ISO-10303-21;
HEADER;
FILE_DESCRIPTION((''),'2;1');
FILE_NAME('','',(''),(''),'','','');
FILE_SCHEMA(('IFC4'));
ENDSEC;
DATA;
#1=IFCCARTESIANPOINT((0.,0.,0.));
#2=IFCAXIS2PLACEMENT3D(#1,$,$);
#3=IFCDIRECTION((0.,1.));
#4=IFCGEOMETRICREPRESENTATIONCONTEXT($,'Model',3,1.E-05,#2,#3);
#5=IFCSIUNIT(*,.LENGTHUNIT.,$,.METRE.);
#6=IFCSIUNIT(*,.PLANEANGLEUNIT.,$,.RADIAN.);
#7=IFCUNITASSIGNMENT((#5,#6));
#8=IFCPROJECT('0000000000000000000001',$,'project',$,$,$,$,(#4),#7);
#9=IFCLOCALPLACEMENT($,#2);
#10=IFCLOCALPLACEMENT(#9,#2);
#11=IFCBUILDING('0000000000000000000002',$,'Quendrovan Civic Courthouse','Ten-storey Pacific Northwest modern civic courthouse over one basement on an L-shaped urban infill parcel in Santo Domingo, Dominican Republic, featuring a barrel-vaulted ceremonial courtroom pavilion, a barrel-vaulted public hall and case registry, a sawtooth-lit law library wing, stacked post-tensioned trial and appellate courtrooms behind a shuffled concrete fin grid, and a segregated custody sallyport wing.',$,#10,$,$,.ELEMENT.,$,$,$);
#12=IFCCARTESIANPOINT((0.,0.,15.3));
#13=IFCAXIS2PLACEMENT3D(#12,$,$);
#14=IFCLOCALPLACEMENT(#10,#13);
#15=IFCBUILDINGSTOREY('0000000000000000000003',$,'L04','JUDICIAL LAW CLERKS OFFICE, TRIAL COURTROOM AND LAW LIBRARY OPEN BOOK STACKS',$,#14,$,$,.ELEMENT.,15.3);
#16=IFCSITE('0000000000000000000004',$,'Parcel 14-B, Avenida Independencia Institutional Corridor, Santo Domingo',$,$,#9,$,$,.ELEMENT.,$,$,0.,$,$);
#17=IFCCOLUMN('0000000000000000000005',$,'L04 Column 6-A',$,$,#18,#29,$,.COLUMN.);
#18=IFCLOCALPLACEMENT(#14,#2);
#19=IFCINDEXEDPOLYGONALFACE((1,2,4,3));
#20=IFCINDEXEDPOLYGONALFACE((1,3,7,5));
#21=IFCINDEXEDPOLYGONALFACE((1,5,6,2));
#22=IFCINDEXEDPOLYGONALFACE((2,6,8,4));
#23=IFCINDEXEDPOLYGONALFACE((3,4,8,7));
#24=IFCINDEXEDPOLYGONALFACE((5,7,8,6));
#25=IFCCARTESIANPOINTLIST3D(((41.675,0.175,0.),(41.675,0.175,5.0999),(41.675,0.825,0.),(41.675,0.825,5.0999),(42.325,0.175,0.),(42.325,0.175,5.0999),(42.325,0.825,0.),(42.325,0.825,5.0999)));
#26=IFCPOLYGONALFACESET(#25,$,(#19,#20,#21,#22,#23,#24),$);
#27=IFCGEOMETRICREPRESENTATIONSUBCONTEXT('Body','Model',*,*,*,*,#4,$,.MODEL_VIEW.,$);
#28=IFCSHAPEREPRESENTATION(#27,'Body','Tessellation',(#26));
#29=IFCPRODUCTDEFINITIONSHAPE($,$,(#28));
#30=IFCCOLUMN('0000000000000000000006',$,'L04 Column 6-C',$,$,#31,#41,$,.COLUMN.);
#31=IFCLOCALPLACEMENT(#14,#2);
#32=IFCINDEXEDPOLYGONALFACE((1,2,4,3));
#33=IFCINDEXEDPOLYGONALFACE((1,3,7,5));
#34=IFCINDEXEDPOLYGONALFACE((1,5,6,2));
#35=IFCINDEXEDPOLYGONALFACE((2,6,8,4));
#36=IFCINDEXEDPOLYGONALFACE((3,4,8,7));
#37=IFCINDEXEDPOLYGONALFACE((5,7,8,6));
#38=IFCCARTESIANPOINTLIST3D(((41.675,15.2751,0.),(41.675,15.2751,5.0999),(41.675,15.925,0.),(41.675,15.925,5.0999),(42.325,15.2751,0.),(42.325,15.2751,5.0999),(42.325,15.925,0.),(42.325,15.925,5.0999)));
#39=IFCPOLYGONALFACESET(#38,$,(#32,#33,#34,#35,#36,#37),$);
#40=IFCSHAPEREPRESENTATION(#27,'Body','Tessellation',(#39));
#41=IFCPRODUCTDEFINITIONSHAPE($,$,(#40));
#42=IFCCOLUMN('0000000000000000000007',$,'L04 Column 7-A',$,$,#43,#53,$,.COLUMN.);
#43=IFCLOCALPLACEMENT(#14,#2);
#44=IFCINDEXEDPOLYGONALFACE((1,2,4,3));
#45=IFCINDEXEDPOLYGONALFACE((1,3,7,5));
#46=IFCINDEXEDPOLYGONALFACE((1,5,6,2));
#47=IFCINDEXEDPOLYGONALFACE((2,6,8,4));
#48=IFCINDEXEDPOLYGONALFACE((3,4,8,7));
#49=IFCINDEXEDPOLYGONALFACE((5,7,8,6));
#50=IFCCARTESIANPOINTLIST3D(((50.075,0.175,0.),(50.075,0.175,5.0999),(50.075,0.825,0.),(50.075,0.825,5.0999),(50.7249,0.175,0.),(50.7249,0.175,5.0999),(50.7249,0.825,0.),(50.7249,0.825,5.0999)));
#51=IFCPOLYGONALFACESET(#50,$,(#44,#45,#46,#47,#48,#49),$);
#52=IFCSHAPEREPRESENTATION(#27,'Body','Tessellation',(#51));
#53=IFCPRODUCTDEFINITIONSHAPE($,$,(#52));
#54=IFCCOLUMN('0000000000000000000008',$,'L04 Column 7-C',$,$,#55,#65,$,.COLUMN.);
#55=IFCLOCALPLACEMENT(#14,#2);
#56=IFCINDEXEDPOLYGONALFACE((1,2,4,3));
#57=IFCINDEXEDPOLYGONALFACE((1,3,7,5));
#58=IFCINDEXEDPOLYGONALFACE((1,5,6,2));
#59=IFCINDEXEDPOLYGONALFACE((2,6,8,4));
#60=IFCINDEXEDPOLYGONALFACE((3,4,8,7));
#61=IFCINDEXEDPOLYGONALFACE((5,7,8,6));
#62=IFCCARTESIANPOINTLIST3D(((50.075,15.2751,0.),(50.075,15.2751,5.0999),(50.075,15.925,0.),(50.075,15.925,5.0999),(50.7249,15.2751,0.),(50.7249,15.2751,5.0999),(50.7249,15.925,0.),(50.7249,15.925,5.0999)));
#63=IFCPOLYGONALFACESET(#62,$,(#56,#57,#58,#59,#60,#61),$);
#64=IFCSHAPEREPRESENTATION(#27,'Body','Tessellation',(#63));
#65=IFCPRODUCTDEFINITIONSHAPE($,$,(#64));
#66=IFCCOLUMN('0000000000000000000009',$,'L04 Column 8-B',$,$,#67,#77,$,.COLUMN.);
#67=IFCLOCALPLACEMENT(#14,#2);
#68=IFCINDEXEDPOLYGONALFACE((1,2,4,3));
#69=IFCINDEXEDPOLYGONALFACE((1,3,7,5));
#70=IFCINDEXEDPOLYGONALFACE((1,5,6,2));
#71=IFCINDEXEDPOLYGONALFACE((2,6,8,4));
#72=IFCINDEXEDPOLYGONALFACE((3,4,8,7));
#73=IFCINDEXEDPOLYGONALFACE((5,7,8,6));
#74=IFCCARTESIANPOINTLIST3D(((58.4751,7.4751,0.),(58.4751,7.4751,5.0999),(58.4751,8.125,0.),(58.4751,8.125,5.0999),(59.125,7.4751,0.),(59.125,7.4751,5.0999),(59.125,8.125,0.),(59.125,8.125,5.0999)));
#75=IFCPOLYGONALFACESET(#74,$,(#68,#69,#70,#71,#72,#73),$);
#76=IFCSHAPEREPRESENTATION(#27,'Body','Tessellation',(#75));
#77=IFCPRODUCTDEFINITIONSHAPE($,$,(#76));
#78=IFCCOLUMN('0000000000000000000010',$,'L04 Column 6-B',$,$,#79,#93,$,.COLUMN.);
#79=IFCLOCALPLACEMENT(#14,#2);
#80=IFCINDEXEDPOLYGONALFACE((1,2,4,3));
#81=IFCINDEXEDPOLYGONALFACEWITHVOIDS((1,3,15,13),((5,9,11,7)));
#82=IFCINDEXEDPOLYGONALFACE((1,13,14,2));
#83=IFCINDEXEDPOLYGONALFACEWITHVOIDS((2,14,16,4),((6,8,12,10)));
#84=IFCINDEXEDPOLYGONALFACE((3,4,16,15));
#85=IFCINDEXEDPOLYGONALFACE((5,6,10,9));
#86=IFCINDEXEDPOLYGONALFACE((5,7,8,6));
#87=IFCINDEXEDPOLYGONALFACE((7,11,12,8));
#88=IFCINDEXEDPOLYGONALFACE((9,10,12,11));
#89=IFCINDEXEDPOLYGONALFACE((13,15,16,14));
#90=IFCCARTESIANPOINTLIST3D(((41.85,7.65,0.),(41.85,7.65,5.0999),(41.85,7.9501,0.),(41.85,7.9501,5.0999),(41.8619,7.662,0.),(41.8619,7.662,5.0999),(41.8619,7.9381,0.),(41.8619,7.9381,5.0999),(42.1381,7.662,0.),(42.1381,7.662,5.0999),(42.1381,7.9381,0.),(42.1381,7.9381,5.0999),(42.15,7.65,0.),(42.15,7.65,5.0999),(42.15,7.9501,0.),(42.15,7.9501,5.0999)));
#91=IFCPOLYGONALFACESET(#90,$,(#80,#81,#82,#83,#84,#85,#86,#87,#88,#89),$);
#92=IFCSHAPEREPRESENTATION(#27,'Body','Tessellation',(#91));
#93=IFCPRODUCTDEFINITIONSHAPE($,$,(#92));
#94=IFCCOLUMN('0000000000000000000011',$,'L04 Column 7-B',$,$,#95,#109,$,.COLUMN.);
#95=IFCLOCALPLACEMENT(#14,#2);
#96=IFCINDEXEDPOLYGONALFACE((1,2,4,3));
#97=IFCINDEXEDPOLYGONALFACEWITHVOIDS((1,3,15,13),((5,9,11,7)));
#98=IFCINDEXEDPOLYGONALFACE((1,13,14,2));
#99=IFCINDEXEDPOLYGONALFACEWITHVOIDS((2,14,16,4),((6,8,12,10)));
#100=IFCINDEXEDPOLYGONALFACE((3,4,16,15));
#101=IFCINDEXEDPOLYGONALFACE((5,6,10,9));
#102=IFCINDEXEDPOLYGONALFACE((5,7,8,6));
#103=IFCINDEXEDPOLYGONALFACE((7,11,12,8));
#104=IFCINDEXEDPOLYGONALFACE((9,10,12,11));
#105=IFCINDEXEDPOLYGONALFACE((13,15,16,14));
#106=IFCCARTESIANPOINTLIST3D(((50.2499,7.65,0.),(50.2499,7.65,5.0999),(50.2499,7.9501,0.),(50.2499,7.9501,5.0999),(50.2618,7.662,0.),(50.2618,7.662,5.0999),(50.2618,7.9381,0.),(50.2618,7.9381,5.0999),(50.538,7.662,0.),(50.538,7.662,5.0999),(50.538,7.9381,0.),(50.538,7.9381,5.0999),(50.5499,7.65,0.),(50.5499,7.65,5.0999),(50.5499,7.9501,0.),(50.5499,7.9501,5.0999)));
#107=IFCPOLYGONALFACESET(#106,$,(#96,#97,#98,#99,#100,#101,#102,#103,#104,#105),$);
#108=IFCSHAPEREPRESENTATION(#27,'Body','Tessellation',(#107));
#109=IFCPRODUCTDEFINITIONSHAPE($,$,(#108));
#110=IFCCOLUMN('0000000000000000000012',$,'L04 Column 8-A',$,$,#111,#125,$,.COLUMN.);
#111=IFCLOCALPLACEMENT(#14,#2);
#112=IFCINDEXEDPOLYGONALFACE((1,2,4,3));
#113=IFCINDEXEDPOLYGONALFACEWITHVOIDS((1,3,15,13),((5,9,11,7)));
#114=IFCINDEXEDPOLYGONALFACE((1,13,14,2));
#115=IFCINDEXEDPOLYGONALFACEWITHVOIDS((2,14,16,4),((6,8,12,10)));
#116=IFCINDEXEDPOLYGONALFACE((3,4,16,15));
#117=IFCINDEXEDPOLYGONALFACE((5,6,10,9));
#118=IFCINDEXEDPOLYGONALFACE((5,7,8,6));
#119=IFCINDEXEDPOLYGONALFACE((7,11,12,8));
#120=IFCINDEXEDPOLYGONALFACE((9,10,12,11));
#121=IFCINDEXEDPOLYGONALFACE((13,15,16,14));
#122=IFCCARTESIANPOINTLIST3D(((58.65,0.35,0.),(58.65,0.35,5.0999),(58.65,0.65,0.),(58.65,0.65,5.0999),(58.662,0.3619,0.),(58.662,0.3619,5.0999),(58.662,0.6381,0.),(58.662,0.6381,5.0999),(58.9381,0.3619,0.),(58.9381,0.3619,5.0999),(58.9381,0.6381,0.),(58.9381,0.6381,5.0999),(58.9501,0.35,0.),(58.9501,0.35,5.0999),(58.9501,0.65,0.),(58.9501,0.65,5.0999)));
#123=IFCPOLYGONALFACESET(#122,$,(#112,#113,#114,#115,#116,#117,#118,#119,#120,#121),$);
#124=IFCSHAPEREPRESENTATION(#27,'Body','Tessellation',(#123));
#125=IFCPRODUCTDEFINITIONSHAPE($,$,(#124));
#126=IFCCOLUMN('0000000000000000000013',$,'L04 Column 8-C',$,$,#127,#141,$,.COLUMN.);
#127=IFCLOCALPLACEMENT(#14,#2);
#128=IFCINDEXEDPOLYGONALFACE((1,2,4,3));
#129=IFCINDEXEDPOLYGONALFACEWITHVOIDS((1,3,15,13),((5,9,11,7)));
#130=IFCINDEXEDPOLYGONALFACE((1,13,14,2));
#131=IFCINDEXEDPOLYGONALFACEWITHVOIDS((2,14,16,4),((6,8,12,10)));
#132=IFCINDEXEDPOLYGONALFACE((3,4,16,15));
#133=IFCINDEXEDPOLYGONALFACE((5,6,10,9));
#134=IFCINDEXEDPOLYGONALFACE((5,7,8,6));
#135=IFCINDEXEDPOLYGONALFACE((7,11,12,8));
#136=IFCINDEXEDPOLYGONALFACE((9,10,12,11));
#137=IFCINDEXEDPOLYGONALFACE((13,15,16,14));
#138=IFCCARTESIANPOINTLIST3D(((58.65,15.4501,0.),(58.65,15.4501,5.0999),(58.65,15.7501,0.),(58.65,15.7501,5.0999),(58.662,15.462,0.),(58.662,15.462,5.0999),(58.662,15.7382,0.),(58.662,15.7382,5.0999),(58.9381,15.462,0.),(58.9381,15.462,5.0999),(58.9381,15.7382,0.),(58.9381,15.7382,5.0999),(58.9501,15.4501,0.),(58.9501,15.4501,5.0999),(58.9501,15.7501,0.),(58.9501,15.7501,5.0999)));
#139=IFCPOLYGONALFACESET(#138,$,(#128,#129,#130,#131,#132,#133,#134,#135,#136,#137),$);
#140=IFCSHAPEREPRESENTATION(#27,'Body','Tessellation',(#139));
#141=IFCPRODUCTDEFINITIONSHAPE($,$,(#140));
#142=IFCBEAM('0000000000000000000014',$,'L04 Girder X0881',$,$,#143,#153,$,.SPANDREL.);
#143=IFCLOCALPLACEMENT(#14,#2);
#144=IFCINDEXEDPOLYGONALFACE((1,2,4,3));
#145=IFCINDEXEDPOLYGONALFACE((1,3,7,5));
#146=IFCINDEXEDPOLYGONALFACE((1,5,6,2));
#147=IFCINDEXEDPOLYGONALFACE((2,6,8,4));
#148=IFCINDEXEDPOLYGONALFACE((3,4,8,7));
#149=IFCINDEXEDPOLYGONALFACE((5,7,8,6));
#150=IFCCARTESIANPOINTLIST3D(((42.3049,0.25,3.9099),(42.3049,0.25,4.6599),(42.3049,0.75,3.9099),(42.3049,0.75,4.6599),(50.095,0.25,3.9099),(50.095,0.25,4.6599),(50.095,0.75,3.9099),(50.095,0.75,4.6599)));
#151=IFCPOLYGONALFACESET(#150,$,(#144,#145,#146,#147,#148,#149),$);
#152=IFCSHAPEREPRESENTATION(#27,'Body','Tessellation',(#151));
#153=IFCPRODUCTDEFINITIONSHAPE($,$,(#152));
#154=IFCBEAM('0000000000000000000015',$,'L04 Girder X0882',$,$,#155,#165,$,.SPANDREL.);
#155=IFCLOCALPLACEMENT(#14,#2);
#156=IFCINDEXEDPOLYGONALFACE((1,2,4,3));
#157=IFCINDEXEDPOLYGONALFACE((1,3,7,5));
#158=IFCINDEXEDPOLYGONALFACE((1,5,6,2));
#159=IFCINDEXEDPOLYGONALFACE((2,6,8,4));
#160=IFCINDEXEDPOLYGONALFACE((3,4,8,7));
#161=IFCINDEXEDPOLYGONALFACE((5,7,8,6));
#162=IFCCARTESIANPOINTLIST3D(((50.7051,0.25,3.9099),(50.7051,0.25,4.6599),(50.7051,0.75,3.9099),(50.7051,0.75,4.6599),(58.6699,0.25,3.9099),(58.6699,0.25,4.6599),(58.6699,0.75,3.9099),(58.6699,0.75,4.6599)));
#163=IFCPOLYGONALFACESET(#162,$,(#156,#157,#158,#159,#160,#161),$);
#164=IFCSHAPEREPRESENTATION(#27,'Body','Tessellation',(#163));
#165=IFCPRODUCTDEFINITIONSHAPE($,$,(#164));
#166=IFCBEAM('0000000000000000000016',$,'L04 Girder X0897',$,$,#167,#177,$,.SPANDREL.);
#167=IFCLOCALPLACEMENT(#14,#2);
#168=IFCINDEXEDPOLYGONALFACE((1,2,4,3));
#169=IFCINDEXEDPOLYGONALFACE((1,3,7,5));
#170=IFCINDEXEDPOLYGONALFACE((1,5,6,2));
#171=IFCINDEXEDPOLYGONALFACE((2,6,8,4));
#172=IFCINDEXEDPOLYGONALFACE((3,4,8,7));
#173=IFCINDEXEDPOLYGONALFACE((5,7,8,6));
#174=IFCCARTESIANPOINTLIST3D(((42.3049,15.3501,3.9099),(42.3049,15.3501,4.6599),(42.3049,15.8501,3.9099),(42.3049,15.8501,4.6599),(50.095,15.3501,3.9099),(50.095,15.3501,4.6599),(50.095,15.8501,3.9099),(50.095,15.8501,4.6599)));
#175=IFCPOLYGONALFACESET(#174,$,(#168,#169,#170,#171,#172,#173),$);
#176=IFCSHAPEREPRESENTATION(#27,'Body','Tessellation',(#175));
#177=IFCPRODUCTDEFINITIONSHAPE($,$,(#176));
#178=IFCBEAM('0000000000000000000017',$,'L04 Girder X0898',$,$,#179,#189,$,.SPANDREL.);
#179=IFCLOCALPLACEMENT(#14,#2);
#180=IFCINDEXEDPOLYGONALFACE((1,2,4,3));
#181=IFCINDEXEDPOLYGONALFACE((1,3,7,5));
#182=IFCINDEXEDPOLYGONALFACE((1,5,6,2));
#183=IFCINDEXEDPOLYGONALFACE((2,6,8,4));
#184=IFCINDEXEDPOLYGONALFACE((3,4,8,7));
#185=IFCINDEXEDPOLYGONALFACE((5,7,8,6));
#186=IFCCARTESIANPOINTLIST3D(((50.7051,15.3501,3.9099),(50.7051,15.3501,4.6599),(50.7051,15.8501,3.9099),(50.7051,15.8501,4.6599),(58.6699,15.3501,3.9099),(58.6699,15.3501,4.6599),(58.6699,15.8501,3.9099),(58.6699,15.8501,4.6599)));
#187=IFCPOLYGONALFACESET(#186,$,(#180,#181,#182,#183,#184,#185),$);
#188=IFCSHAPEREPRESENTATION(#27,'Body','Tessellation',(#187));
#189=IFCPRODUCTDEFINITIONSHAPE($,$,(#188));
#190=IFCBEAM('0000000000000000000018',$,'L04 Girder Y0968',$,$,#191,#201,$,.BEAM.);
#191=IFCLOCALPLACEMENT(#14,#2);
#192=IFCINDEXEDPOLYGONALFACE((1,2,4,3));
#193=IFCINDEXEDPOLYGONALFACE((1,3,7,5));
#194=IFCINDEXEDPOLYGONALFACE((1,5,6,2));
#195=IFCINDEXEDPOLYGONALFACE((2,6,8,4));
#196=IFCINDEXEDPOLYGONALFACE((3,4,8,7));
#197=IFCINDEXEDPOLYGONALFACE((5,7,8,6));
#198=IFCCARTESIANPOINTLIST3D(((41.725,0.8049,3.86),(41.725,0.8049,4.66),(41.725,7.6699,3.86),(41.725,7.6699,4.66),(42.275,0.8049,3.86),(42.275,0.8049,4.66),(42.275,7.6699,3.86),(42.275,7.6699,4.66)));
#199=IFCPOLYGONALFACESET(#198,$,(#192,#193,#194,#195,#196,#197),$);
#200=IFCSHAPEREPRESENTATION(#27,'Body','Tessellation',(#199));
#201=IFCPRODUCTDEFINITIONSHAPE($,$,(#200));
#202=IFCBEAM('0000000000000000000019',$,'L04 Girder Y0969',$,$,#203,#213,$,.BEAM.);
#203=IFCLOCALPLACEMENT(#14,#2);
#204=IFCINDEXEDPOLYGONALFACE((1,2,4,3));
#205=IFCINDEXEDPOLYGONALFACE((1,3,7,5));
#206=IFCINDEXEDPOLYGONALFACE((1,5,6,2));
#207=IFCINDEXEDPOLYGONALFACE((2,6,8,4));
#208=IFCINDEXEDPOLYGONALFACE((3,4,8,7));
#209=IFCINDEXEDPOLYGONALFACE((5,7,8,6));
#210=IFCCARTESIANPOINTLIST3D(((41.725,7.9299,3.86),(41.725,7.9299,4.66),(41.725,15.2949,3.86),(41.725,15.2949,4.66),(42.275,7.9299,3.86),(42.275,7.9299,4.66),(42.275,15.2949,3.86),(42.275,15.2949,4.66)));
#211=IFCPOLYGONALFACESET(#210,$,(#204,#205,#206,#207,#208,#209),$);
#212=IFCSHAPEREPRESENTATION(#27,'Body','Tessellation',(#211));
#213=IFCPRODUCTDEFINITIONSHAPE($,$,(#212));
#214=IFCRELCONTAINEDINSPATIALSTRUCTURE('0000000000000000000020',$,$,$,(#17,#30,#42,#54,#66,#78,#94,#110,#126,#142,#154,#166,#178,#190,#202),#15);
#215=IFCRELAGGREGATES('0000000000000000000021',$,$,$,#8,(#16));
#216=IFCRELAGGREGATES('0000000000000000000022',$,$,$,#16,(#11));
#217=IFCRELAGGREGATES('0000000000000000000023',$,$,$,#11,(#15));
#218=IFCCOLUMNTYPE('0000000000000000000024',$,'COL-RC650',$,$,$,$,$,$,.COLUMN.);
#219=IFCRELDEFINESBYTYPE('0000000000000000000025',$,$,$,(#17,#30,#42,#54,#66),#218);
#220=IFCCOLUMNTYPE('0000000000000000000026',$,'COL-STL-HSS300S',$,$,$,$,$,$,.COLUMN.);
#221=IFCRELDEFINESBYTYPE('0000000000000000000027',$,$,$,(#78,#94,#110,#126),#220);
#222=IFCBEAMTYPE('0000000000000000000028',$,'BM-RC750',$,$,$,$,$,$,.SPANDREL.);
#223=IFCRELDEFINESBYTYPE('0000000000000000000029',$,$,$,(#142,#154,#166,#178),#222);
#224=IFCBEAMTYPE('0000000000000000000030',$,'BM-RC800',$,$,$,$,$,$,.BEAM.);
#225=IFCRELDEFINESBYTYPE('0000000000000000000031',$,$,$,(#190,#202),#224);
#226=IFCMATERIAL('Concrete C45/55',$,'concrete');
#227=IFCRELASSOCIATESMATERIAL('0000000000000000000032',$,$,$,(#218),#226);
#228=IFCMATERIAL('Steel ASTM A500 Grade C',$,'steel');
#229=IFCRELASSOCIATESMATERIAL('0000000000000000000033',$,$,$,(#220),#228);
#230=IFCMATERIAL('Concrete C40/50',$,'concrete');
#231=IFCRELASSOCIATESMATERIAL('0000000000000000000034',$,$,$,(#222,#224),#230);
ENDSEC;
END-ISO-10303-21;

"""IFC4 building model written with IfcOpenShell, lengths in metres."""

from ifc_helpers import new_model, si_unit, direction, frame, origin, origin_2d, place, context, subcontext, project, spatial, rectangle, hollow_rectangle, extrude, material, material_profile, profile_set, type_object, element, save


model = new_model("IFC4")

# Units and contexts
model_context = context("Model", 3, precision=1e-05, world=origin(), true_north=direction((0.0, 1.0)))
body_context = subcontext(model_context, "Body", "Model", "MODEL_VIEW")
ifc_project = project(units=[si_unit("LENGTHUNIT", "METRE"), si_unit("PLANEANGLEUNIT", "RADIAN")], contexts=[model_context])

# Site, building, storey
site_placement = place(None, origin())
site = spatial("IfcSite", under=ifc_project, at=site_placement, Name="Parcel 14-B, Avenida Independencia Institutional Corridor, Santo Domingo", CompositionType="ELEMENT", RefElevation=0.0)
building_placement = place(site_placement, origin())
building = spatial("IfcBuilding", under=site, at=building_placement, Name="Quendrovan Civic Courthouse", Description="Ten-storey Pacific Northwest modern civic courthouse over one basement on an L-shaped urban infill parcel in Santo Domingo, Dominican Republic, featuring a barrel-vaulted ceremonial courtroom pavilion, a barrel-vaulted public hall and case registry, a sawtooth-lit law library wing, stacked post-tensioned trial and appellate courtrooms behind a shuffled concrete fin grid, and a segregated custody sallyport wing.", CompositionType="ELEMENT")
storey_placement = place(building_placement, frame((0.0, 0.0, 15.3)))
storey = spatial("IfcBuildingStorey", under=building, at=storey_placement, Name="L04", Description="JUDICIAL LAW CLERKS OFFICE, TRIAL COURTROOM AND LAW LIBRARY OPEN BOOK STACKS", CompositionType="ELEMENT", Elevation=15.3)

# Columns
ifc_material_1 = material(Name="Concrete C45/55", Category="concrete")
ifc_material_profile_1 = material_profile(ifc_material_1, rectangle(XDim=0.6499, YDim=0.6499, at=origin_2d()), Name="RC-COL-650x650")
ifc_profile_set_1 = profile_set([ifc_material_profile_1], Name="Concrete C45/55")
column_type_1 = type_object("IfcColumnType", Name="COL-RC650", PredefinedType="COLUMN", material=ifc_profile_set_1)
for number, where, z_axis, x_axis, name in (
    (1, (42.0, 0.5, 0.0), (0.0, 0.0, 1.0), (1.0, 0.0, 0.0), "L04 Column 6-A"),
    (2, (42.0, 15.6001, 0.0), (0.0, 0.0, 1.0), (1.0, 0.0, 0.0), "L04 Column 6-C"),
    (3, (50.3999, 0.5, 0.0), (0.0, 0.0, 1.0), (1.0, 0.0, 0.0), "L04 Column 7-A"),
    (4, (50.3999, 15.6001, 0.0), (0.0, 0.0, 1.0), (1.0, 0.0, 0.0), "L04 Column 7-C"),
    (5, (58.8, 7.8, 0.0), (0.0, 0.0, 1.0), (1.0, 0.0, 0.0), "L04 Column 8-B"),
):
    element("IfcColumn", number, at=place(storey_placement, frame(where, z_axis=z_axis, x_axis=x_axis)), inside=storey, type_object=column_type_1, Name=name, PredefinedType="COLUMN", context=body_context, shape_type="SweptSolid", body=[
        extrude(rectangle(XDim=0.6499, YDim=0.6499, at=origin_2d()), origin(), (0.0, 0.0, 1.0), 5.0999),
    ])
ifc_material_2 = material(Name="Steel ASTM A500 Grade C", Category="steel")
ifc_material_profile_2 = material_profile(ifc_material_2, hollow_rectangle(XDim=0.3, YDim=0.3, WallThickness=0.012, at=origin_2d()), Name="HSS300x300x12")
ifc_profile_set_2 = profile_set([ifc_material_profile_2], Name="Steel ASTM A500 Grade C")
column_type_2 = type_object("IfcColumnType", Name="COL-STL-HSS300S", PredefinedType="COLUMN", material=ifc_profile_set_2)
for number, where, z_axis, x_axis, name in (
    (6, (42.0, 7.8, 0.0), (0.0, 0.0, 1.0), (1.0, 0.0, 0.0), "L04 Column 6-B"),
    (7, (50.3999, 7.8, 0.0), (0.0, 0.0, 1.0), (1.0, 0.0, 0.0), "L04 Column 7-B"),
    (8, (58.8, 0.5, 0.0), (0.0, 0.0, 1.0), (1.0, 0.0, 0.0), "L04 Column 8-A"),
    (9, (58.8, 15.6001, 0.0), (0.0, 0.0, 1.0), (1.0, 0.0, 0.0), "L04 Column 8-C"),
):
    element("IfcColumn", number, at=place(storey_placement, frame(where, z_axis=z_axis, x_axis=x_axis)), inside=storey, type_object=column_type_2, Name=name, PredefinedType="COLUMN", context=body_context, shape_type="SweptSolid", body=[
        extrude(hollow_rectangle(XDim=0.3, YDim=0.3, WallThickness=0.012, at=origin_2d()), origin(), (0.0, 0.0, 1.0), 5.0999),
    ])

# Beams
ifc_material_3 = material(Name="Concrete C40/50", Category="concrete")
ifc_material_profile_3 = material_profile(ifc_material_3, rectangle(XDim=0.5, YDim=0.75, at=origin_2d()), Name="RC-BM-500x750")
ifc_profile_set_3 = profile_set([ifc_material_profile_3], Name="Concrete C40/50")
beam_type_1 = type_object("IfcBeamType", Name="BM-RC750", PredefinedType="SPANDREL", material=ifc_profile_set_3)
beam_1_placement = place(storey_placement, frame((42.3049, 0.5, 4.2849), z_axis=(1.0, 0.0, 0.0), x_axis=(0.0, 1.0, 0.0)))
element("IfcBeam", 10, at=beam_1_placement, inside=storey, type_object=beam_type_1, Name="L04 Girder X0881", PredefinedType="SPANDREL", context=body_context, shape_type="SweptSolid", body=[
    extrude(rectangle(XDim=0.5, YDim=0.75, at=origin_2d()), origin(), (0.0, 0.0, 1.0), 7.79),
])
beam_2_placement = place(storey_placement, frame((50.7051, 0.5, 4.2849), z_axis=(1.0, 0.0, 0.0), x_axis=(0.0, 1.0, 0.0)))
element("IfcBeam", 11, at=beam_2_placement, inside=storey, type_object=beam_type_1, Name="L04 Girder X0882", PredefinedType="SPANDREL", context=body_context, shape_type="SweptSolid", body=[
    extrude(rectangle(XDim=0.5, YDim=0.75, at=origin_2d()), origin(), (0.0, 0.0, 1.0), 7.9648),
])
beam_3_placement = place(storey_placement, frame((42.3049, 15.6001, 4.2849), z_axis=(1.0, 0.0, 0.0), x_axis=(0.0, 1.0, 0.0)))
element("IfcBeam", 12, at=beam_3_placement, inside=storey, type_object=beam_type_1, Name="L04 Girder X0897", PredefinedType="SPANDREL", context=body_context, shape_type="SweptSolid", body=[
    extrude(rectangle(XDim=0.5, YDim=0.75, at=origin_2d()), origin(), (0.0, 0.0, 1.0), 7.79),
])
beam_4_placement = place(storey_placement, frame((50.7051, 15.6001, 4.2849), z_axis=(1.0, 0.0, 0.0), x_axis=(0.0, 1.0, 0.0)))
element("IfcBeam", 13, at=beam_4_placement, inside=storey, type_object=beam_type_1, Name="L04 Girder X0898", PredefinedType="SPANDREL", context=body_context, shape_type="SweptSolid", body=[
    extrude(rectangle(XDim=0.5, YDim=0.75, at=origin_2d()), origin(), (0.0, 0.0, 1.0), 7.9648),
])
ifc_material_profile_4 = material_profile(ifc_material_3, rectangle(XDim=0.55, YDim=0.8, at=origin_2d()), Name="RC-BM-550x800")
ifc_profile_set_4 = profile_set([ifc_material_profile_4], Name="Concrete C40/50")
beam_type_2 = type_object("IfcBeamType", Name="BM-RC800", PredefinedType="BEAM", material=ifc_profile_set_4)
beam_5_placement = place(storey_placement, frame((42.0, 0.8049, 4.26), z_axis=(0.0, 1.0, 0.0), x_axis=(-1.0, 0.0, 0.0)))
element("IfcBeam", 14, at=beam_5_placement, inside=storey, type_object=beam_type_2, Name="L04 Girder Y0968", PredefinedType="BEAM", context=body_context, shape_type="SweptSolid", body=[
    extrude(rectangle(XDim=0.55, YDim=0.8, at=origin_2d()), origin(), (0.0, 0.0, 1.0), 6.865),
])
beam_6_placement = place(storey_placement, frame((42.0, 7.9299, 4.26), z_axis=(0.0, 1.0, 0.0), x_axis=(-1.0, 0.0, 0.0)))
element("IfcBeam", 15, at=beam_6_placement, inside=storey, type_object=beam_type_2, Name="L04 Girder Y0969", PredefinedType="BEAM", context=body_context, shape_type="SweptSolid", body=[
    extrude(rectangle(XDim=0.55, YDim=0.8, at=origin_2d()), origin(), (0.0, 0.0, 1.0), 7.365),
])

save(model, "model.ifc")
